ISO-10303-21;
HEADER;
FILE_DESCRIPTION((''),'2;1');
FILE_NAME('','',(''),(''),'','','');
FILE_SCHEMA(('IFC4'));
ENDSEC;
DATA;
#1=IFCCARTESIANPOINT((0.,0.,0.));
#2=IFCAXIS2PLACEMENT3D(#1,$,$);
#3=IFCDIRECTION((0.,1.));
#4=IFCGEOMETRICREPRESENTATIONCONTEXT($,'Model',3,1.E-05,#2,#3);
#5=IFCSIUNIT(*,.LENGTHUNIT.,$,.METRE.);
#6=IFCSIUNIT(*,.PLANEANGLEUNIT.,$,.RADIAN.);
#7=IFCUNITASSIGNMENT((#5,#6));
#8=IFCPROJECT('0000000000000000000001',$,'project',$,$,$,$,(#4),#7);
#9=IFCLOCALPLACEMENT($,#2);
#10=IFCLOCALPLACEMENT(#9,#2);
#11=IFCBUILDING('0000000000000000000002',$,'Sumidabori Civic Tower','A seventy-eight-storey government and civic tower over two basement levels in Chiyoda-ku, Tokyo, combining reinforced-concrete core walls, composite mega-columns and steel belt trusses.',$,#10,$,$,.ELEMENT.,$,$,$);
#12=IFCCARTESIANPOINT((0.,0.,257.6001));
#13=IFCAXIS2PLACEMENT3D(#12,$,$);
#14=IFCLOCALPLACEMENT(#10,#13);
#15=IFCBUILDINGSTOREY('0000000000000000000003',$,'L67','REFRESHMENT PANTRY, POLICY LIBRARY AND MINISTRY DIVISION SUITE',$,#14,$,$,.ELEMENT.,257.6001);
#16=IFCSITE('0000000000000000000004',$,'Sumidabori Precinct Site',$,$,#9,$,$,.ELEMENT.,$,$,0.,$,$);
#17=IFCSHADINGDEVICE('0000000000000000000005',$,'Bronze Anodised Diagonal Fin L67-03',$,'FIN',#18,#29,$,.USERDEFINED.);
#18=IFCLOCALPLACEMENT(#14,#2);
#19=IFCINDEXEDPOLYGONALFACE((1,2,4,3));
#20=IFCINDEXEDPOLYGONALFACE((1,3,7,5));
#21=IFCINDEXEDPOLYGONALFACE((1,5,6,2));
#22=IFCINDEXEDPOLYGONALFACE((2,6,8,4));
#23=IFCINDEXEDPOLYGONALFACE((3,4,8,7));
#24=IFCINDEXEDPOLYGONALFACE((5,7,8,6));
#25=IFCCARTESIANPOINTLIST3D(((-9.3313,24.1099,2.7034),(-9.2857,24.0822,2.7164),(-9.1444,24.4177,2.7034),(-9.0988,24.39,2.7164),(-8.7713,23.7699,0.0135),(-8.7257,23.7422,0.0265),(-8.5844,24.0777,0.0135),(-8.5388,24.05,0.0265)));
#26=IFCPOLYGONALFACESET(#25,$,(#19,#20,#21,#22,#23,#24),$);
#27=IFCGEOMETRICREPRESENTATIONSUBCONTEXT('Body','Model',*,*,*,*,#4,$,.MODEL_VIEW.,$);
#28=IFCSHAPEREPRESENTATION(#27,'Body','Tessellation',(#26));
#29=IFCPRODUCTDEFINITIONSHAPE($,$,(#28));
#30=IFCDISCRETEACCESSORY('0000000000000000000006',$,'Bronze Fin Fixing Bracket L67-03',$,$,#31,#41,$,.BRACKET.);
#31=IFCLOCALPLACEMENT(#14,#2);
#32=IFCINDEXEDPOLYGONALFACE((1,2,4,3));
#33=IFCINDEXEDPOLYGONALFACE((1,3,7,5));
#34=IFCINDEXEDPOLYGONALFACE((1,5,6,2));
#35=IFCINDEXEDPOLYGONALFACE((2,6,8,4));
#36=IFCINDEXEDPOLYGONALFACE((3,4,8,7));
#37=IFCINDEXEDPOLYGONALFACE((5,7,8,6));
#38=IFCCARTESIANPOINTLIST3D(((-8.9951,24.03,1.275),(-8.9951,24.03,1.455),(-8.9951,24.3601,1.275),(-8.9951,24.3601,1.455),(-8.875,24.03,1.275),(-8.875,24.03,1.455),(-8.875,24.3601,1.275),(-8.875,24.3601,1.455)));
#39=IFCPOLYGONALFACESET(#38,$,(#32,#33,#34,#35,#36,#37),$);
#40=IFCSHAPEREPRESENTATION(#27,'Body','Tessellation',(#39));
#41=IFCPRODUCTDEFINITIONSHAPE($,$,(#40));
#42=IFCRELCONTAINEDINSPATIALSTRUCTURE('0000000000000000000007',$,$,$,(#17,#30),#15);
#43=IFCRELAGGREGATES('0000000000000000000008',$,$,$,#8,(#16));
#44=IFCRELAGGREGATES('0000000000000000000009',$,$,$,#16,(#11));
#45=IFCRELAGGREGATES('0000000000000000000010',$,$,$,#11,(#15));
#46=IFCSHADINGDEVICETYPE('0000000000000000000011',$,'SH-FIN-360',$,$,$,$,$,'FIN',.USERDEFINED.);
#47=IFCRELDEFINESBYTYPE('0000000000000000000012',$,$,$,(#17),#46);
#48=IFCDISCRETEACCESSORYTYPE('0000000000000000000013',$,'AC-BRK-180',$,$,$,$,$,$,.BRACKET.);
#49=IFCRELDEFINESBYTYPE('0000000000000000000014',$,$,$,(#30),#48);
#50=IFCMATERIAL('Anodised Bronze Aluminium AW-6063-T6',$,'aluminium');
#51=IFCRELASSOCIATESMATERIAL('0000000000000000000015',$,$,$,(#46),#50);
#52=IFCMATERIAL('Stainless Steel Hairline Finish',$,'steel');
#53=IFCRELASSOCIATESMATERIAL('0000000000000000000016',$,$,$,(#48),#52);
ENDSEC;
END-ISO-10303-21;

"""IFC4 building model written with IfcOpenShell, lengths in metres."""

from ifc_helpers import new_model, si_unit, direction, frame, origin, origin_2d, place, context, subcontext, project, spatial, rectangle, extrude, source, transform, mapped, material, material_profile, profile_set, type_object, element, save


model = new_model("IFC4")

# Units and contexts
model_context = context("Model", 3, precision=1e-05, world=origin(), true_north=direction((0.0, 1.0)))
body_context = subcontext(model_context, "Body", "Model", "MODEL_VIEW")
ifc_project = project(units=[si_unit("LENGTHUNIT", "METRE"), si_unit("PLANEANGLEUNIT", "RADIAN")], contexts=[model_context])

# Site, building, storey
site_placement = place(None, origin())
site = spatial("IfcSite", under=ifc_project, at=site_placement, Name="Sumidabori Precinct Site", CompositionType="ELEMENT", RefElevation=0.0)
building_placement = place(site_placement, origin())
building = spatial("IfcBuilding", under=site, at=building_placement, Name="Sumidabori Civic Tower", Description="A seventy-eight-storey government and civic tower over two basement levels in Chiyoda-ku, Tokyo, combining reinforced-concrete core walls, composite mega-columns and steel belt trusses.", CompositionType="ELEMENT")
storey_placement = place(building_placement, frame((0.0, 0.0, 257.6001)))
storey = spatial("IfcBuildingStorey", under=building, at=storey_placement, Name="L67", Description="REFRESHMENT PANTRY, POLICY LIBRARY AND MINISTRY DIVISION SUITE", CompositionType="ELEMENT", Elevation=257.6001)

# Shared definitions
ifc_material_1 = material(Name="Anodised Bronze Aluminium AW-6063-T6", Category="aluminium")

# Shading device
ifc_material_profile_1 = material_profile(ifc_material_1, rectangle(XDim=0.0549, YDim=0.3601, at=origin_2d()), Name="BRONZE FIN 360x55")
ifc_profile_set_1 = profile_set([ifc_material_profile_1], Name="Anodised Bronze Aluminium AW-6063-T6")
shading_device_type = type_object("IfcShadingDeviceType", Name="SH-FIN-360", ElementType="FIN", PredefinedType="USERDEFINED", material=ifc_profile_set_1)
shared_shape_1 = source(origin(), body_context, "Body", "SweptSolid", [
    extrude(rectangle(XDim=0.0549, YDim=0.3601, at=origin_2d()), origin(), (0.0, 0.0, 1.0), 2.7686),
])
shading_device_placement = place(storey_placement, frame((-8.655, 23.9099, 0.02), z_axis=(-0.20229, 0.122838, 0.971591), x_axis=(0.83047, -0.504291, 0.236665)))
element("IfcShadingDevice", 1, at=shading_device_placement, inside=storey, type_object=shading_device_type, Name="Bronze Anodised Diagonal Fin L67-03", ObjectType="FIN", PredefinedType="USERDEFINED", context=body_context, shape_type="MappedRepresentation", body=[
    mapped(shared_shape_1, transform((0.0, 0.0, 0.0), x_axis=(1.0, 0.0, 0.0), y_axis=(0.0, 1.0, 0.0), z_axis=(0.0, 0.0, 1.0), scale=1.0)),
])

# Discrete accessory
ifc_material_2 = material(Name="Stainless Steel Hairline Finish", Category="steel")
ifc_material_profile_2 = material_profile(ifc_material_2, rectangle(XDim=0.1201, YDim=0.1799, at=origin_2d()), Name="STEEL BRACKET 180x120")
ifc_profile_set_2 = profile_set([ifc_material_profile_2], Name="Stainless Steel Hairline Finish")
discrete_accessory_type = type_object("IfcDiscreteAccessoryType", Name="AC-BRK-180", PredefinedType="BRACKET", material=ifc_profile_set_2)
shared_shape_2 = source(origin(), body_context, "Body", "SweptSolid", [
    extrude(rectangle(XDim=0.1201, YDim=0.1799, at=origin_2d()), origin(), (0.0, 0.0, 1.0), 0.3301),
])
discrete_accessory_placement = place(storey_placement, frame((-8.9351, 24.03, 1.365), z_axis=(0.0, 1.0, 0.0), x_axis=(-1.0, 0.0, 0.0)))
element("IfcDiscreteAccessory", 2, at=discrete_accessory_placement, inside=storey, type_object=discrete_accessory_type, Name="Bronze Fin Fixing Bracket L67-03", PredefinedType="BRACKET", context=body_context, shape_type="MappedRepresentation", body=[
    mapped(shared_shape_2, transform((0.0, 0.0, 0.0), x_axis=(1.0, 0.0, 0.0), y_axis=(0.0, 1.0, 0.0), z_axis=(0.0, 0.0, 1.0), scale=1.0)),
])

save(model, "model.ifc")
